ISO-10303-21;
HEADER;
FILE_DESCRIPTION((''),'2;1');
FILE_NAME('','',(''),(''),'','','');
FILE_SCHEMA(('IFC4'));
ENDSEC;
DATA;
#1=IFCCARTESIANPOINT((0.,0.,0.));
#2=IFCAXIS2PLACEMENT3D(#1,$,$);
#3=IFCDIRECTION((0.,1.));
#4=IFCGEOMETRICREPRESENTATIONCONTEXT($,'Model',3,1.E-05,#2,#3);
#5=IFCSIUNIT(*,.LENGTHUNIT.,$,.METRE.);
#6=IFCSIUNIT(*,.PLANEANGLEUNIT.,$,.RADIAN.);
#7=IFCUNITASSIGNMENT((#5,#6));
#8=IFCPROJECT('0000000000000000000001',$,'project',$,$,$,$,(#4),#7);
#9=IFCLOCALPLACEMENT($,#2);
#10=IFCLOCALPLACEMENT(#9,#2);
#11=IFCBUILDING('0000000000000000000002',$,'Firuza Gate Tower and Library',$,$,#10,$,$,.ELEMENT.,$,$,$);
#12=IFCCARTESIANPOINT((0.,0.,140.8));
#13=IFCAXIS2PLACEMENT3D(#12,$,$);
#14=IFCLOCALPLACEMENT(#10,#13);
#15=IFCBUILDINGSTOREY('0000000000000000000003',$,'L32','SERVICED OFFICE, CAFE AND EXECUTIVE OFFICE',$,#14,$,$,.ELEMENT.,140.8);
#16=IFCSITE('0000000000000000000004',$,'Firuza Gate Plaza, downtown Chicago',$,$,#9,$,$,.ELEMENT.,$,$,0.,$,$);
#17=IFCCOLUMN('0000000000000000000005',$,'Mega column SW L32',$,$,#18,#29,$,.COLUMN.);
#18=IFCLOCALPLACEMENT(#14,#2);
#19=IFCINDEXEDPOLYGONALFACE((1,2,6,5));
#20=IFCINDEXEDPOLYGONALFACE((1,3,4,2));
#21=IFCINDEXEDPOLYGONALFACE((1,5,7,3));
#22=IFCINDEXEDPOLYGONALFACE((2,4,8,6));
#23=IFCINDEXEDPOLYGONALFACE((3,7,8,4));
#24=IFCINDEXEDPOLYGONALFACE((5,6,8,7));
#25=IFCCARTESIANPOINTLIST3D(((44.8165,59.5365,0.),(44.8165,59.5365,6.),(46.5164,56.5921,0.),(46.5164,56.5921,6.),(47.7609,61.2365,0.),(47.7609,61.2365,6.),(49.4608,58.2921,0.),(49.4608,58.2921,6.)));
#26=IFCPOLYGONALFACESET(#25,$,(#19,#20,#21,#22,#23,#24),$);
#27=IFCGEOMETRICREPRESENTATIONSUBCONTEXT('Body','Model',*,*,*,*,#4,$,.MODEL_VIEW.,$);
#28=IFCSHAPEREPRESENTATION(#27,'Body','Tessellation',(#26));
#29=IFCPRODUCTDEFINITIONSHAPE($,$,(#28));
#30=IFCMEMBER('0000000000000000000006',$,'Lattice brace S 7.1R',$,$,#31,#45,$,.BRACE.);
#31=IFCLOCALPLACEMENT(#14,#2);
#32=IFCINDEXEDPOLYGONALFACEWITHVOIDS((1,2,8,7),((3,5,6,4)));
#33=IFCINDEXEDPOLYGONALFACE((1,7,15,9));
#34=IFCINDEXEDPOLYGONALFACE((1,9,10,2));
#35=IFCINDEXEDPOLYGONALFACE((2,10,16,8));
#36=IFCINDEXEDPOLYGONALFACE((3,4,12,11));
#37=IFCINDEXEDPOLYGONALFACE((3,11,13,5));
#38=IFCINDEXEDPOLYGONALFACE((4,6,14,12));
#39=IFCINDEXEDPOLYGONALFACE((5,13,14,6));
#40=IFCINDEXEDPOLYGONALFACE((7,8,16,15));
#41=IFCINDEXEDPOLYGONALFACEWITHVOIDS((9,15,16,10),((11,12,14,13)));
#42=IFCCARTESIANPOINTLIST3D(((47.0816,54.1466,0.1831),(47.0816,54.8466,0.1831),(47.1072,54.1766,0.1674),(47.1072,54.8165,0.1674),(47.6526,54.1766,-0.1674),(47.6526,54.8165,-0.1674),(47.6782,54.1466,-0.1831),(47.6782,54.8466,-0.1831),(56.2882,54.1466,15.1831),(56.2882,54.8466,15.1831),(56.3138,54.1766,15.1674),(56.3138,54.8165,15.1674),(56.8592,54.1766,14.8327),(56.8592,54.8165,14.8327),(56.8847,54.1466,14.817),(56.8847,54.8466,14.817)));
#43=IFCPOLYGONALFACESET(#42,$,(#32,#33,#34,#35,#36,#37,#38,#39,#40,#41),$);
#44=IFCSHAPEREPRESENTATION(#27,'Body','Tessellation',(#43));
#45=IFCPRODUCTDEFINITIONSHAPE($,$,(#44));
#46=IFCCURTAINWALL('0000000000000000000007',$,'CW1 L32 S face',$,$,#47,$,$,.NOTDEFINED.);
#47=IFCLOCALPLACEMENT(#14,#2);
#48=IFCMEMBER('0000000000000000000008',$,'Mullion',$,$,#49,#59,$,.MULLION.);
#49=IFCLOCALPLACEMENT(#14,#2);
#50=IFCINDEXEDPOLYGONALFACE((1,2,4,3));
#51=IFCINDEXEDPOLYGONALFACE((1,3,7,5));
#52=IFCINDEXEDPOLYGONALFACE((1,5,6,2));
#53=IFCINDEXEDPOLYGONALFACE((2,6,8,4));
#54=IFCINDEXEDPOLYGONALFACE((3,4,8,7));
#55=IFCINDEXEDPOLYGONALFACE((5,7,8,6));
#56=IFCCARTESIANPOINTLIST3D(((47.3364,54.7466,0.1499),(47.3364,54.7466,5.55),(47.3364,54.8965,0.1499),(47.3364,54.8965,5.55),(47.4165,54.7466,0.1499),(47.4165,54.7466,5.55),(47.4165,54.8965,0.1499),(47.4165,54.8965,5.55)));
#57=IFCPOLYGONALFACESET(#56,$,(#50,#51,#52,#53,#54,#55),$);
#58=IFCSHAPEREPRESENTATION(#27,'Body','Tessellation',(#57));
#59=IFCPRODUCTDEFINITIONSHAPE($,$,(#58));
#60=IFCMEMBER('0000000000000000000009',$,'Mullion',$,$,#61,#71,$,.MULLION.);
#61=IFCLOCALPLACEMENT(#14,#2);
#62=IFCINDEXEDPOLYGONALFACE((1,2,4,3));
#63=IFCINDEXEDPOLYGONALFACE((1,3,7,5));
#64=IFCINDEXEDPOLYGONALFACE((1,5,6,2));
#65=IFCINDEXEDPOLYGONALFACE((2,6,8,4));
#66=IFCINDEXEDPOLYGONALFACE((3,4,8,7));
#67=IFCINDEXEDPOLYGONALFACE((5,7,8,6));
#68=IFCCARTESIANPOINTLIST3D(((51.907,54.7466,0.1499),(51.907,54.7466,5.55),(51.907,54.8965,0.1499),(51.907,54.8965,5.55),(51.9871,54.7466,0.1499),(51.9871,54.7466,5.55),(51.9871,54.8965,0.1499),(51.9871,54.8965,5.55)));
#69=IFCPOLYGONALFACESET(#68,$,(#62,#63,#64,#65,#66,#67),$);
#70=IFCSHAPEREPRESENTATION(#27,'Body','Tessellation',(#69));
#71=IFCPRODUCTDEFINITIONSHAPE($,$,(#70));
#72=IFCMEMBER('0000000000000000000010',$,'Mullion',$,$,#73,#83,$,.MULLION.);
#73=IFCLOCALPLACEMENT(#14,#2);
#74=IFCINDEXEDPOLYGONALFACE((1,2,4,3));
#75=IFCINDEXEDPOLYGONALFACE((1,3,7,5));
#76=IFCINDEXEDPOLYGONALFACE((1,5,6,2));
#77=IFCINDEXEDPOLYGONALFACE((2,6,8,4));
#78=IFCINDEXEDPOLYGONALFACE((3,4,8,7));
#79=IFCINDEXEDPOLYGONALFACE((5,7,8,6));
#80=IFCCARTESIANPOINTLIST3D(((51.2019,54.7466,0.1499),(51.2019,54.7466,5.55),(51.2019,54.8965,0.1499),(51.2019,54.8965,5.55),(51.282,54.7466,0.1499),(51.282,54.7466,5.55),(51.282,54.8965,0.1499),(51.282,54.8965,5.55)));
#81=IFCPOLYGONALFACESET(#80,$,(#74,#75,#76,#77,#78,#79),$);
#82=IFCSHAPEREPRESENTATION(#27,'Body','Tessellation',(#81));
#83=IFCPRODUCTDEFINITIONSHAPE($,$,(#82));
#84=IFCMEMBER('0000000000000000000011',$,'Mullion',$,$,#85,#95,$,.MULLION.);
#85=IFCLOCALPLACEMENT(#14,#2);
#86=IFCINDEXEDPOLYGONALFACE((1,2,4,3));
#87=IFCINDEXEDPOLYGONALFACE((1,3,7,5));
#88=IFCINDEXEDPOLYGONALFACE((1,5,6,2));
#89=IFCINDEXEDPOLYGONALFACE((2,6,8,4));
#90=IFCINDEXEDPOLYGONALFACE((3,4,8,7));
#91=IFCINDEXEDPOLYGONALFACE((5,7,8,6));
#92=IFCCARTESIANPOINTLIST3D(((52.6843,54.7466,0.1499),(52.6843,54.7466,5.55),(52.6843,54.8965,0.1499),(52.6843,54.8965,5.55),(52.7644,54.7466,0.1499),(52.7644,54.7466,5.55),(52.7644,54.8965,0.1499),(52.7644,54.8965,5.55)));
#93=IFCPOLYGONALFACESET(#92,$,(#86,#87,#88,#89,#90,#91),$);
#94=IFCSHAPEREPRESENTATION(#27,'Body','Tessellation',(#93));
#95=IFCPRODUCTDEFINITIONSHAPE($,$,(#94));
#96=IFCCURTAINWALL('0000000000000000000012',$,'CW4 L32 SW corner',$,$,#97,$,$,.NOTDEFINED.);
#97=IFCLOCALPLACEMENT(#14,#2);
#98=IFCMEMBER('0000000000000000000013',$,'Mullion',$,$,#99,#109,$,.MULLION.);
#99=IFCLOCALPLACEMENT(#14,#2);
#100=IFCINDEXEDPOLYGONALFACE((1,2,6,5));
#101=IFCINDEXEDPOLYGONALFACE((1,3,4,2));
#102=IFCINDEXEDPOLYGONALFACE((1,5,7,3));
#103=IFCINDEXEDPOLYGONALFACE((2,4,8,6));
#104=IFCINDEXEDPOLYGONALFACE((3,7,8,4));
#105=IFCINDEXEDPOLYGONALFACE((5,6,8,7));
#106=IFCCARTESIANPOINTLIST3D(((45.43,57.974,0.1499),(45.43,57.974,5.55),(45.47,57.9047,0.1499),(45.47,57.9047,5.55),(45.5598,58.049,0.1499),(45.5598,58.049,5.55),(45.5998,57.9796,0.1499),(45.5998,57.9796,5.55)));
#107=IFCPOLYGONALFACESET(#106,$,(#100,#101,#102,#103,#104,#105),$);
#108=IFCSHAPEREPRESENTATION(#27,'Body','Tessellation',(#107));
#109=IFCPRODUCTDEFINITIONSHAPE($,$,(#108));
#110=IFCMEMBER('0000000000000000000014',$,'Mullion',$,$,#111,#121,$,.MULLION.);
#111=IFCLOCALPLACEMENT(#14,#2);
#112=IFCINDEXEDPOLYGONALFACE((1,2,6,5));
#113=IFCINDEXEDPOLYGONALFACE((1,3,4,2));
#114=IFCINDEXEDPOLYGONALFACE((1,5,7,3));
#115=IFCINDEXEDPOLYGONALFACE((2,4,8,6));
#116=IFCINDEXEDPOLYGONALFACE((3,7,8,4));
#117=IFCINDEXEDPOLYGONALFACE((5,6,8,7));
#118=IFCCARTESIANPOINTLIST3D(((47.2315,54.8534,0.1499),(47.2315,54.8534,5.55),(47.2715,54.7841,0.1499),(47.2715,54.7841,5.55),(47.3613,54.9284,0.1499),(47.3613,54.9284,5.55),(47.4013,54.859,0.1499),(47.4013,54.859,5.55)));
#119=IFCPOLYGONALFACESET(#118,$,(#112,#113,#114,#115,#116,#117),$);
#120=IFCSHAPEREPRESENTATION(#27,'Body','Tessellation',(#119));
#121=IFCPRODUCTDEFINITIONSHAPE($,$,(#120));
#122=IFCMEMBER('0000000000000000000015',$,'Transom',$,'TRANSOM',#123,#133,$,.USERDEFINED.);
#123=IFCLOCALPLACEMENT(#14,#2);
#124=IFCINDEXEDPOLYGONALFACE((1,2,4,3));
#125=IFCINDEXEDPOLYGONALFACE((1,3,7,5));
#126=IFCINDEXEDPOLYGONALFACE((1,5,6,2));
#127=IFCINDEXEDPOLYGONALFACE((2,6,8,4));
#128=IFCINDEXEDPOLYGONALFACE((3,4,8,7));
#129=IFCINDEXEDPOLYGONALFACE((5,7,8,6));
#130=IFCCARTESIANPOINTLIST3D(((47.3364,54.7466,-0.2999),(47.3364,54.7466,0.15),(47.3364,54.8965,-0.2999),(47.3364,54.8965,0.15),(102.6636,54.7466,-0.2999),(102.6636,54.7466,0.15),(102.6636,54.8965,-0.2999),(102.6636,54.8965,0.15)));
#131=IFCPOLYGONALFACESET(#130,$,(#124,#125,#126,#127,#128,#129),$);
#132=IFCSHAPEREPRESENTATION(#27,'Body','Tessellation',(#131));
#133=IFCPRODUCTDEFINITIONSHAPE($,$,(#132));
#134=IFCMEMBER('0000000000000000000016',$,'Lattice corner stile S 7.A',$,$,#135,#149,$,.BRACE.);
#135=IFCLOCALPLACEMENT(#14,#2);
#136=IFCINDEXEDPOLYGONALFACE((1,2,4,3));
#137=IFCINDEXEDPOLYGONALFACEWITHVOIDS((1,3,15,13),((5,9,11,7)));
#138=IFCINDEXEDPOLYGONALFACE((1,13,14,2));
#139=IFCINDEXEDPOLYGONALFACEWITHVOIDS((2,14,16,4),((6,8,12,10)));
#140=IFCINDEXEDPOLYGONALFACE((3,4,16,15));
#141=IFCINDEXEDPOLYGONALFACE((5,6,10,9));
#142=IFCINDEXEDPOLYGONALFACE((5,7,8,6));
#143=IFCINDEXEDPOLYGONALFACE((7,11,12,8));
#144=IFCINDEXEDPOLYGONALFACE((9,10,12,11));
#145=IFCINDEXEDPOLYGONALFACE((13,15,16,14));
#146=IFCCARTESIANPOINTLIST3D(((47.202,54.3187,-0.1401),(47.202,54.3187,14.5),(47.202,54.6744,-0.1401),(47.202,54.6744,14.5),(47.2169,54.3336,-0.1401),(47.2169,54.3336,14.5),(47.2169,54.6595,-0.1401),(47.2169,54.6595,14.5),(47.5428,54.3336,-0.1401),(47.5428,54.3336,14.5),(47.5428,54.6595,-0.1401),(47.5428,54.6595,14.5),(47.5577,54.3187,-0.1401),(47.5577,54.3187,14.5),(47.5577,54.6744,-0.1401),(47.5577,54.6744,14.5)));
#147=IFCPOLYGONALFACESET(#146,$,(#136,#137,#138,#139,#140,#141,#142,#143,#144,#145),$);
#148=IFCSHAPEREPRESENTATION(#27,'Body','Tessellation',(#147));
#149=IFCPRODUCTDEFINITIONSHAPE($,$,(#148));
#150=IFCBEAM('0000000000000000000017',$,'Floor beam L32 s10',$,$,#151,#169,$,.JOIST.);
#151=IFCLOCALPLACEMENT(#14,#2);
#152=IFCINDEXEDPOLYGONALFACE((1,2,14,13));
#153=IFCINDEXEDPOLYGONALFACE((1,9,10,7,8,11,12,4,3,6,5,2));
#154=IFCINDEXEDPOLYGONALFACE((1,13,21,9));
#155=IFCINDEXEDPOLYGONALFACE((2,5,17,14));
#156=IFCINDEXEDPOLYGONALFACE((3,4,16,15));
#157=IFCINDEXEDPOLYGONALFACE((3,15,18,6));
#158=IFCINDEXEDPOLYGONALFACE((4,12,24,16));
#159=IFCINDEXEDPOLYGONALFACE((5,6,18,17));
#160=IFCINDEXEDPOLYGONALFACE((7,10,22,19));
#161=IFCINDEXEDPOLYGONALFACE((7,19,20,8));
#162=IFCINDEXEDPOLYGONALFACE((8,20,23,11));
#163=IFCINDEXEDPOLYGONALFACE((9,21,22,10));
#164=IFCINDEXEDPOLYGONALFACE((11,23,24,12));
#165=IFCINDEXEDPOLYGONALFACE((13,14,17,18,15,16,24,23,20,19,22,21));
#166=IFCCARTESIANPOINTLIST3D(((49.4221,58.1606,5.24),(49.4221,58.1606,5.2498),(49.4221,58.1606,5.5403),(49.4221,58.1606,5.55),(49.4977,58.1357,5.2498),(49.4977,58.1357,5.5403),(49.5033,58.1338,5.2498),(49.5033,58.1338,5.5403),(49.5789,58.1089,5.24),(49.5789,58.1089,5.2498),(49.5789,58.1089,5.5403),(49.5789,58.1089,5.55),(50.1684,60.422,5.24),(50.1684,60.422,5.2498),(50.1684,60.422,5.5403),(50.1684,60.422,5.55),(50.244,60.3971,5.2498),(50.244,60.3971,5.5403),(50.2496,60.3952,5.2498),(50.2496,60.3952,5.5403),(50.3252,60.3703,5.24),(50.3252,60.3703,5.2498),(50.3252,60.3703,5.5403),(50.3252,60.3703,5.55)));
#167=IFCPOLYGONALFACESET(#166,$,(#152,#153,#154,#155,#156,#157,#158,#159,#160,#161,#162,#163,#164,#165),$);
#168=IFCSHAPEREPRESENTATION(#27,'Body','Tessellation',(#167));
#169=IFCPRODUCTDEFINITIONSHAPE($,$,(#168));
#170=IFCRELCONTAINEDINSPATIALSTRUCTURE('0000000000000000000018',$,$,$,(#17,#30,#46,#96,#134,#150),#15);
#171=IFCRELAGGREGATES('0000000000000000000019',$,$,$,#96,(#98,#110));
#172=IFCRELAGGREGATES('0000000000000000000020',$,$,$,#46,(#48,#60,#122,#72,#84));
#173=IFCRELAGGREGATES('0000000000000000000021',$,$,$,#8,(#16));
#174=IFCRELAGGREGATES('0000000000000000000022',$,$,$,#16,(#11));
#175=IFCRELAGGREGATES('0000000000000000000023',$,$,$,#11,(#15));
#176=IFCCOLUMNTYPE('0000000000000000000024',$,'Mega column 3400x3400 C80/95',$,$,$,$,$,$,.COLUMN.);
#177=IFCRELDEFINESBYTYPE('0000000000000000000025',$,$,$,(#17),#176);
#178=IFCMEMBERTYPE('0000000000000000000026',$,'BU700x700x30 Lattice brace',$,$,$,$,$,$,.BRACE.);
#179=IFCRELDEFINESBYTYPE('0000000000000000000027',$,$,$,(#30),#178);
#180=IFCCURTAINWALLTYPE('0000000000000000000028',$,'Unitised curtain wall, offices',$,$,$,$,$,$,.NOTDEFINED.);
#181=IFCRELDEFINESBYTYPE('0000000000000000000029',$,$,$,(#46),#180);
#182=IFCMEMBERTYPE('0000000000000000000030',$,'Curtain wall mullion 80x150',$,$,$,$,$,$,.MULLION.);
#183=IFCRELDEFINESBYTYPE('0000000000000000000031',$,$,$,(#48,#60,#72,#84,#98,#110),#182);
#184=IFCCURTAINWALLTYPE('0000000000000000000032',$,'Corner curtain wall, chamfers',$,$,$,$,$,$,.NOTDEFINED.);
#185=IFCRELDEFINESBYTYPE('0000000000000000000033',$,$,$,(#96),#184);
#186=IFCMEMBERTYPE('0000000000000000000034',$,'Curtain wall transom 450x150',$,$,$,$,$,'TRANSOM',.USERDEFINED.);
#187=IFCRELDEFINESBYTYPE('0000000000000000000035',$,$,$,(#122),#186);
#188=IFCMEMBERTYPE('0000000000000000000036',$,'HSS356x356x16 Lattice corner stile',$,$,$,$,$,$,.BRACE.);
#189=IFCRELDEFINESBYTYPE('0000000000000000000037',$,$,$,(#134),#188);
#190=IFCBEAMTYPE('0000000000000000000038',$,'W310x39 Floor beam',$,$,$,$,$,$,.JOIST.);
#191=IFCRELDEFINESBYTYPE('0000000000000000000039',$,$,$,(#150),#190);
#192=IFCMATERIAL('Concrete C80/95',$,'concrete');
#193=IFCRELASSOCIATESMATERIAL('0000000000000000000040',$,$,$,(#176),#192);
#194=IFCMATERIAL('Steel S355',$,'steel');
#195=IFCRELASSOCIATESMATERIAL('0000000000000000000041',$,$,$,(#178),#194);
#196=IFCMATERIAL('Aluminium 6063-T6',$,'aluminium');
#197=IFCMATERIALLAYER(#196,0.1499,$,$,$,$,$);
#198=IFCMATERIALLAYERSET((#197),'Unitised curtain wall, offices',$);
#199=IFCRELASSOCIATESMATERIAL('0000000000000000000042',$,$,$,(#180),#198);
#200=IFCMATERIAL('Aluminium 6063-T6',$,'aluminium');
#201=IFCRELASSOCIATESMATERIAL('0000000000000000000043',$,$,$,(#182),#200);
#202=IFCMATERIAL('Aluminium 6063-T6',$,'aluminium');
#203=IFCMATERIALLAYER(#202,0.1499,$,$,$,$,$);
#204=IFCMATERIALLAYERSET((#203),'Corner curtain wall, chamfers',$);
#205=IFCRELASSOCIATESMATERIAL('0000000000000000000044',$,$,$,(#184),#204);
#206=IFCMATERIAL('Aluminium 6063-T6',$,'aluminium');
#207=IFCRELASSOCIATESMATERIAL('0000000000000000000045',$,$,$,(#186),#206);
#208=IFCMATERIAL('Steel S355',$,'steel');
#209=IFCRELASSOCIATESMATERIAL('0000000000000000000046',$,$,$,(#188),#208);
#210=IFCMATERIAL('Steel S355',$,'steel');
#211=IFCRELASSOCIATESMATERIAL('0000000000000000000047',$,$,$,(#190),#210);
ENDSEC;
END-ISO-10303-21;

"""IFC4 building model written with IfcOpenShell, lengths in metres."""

from ifc_helpers import new_model, si_unit, direction, frame, origin, origin_2d, place, context, subcontext, project, spatial, rectangle, hollow_rectangle, i_section, extrude, material, layer, layer_set, material_profile, profile_set, type_object, element, aggregate, save


model = new_model("IFC4")

# Units and contexts
model_context = context("Model", 3, precision=1e-05, world=origin(), true_north=direction((0.0, 1.0)))
body_context = subcontext(model_context, "Body", "Model", "MODEL_VIEW")
ifc_project = project(units=[si_unit("LENGTHUNIT", "METRE"), si_unit("PLANEANGLEUNIT", "RADIAN")], contexts=[model_context])

# Site, building, storey
site_placement = place(None, origin())
site = spatial("IfcSite", under=ifc_project, at=site_placement, Name="Firuza Gate Plaza, downtown Chicago", CompositionType="ELEMENT", RefElevation=0.0)
building_placement = place(site_placement, origin())
building = spatial("IfcBuilding", under=site, at=building_placement, Name="Firuza Gate Tower and Library", CompositionType="ELEMENT")
storey_placement = place(building_placement, frame((0.0, 0.0, 140.8)))
storey = spatial("IfcBuildingStorey", under=building, at=storey_placement, Name="L32", Description="SERVICED OFFICE, CAFE AND EXECUTIVE OFFICE", CompositionType="ELEMENT", Elevation=140.8)

# Column
ifc_material_1 = material(Name="Concrete C80/95", Category="concrete")
ifc_material_profile_1 = material_profile(ifc_material_1, rectangle(XDim=3.3999, YDim=3.3999, at=origin_2d()))
ifc_profile_set_1 = profile_set([ifc_material_profile_1], Name="Concrete C80/95")
column_type = type_object("IfcColumnType", Name="Mega column 3400x3400 C80/95", PredefinedType="COLUMN", material=ifc_profile_set_1)
column_placement = place(storey_placement, frame((47.1387, 58.9143, 0.0), z_axis=(0.0, 0.0, 1.0), x_axis=(0.5, -0.866025, 0.0)))
element("IfcColumn", 1, at=column_placement, inside=storey, type_object=column_type, Name="Mega column SW L32", PredefinedType="COLUMN", context=body_context, shape_type="SweptSolid", body=[
    extrude(rectangle(XDim=3.3999, YDim=3.3999, at=origin_2d()), origin(), (0.0, 0.0, 1.0), 6.0),
])

# Member
ifc_material_2 = material(Name="Steel S355", Category="steel")
ifc_material_profile_2 = material_profile(ifc_material_2, hollow_rectangle(XDim=0.7, YDim=0.7, WallThickness=0.03, at=origin_2d()))
ifc_profile_set_2 = profile_set([ifc_material_profile_2], Name="Steel S355")
member_type_1 = type_object("IfcMemberType", Name="BU700x700x30 Lattice brace", PredefinedType="BRACE", material=ifc_profile_set_2)
member_1_placement = place(storey_placement, frame((47.3799, 54.4966, 0.0), z_axis=(0.523099, 0.0, 0.852272), x_axis=(0.0, 1.0, 0.0)))
element("IfcMember", 2, at=member_1_placement, inside=storey, type_object=member_type_1, Name="Lattice brace S 7.1R", PredefinedType="BRACE", context=body_context, shape_type="SweptSolid", body=[
    extrude(hollow_rectangle(XDim=0.7, YDim=0.7, WallThickness=0.03, at=origin_2d()), origin(), (0.0, 0.0, 1.0), 17.6001),
])

# Curtain walls, members
ifc_material_3 = material(Name="Aluminium 6063-T6", Category="aluminium")
ifc_layer_1 = layer(ifc_material_3, 0.1499)
ifc_layer_set_1 = layer_set([ifc_layer_1], Name="Unitised curtain wall, offices")
curtain_wall_type_1 = type_object("IfcCurtainWallType", Name="Unitised curtain wall, offices", PredefinedType="NOTDEFINED", material=ifc_layer_set_1)
placement_1 = place(storey_placement, origin())
curtain_wall_1 = element("IfcCurtainWall", 3, at=placement_1, inside=storey, type_object=curtain_wall_type_1, Name="CW1 L32 S face", PredefinedType="NOTDEFINED")
ifc_material_4 = material(Name="Aluminium 6063-T6", Category="aluminium")
ifc_material_profile_3 = material_profile(ifc_material_4, rectangle(XDim=0.1499, YDim=0.0801, at=origin_2d()))
ifc_profile_set_3 = profile_set([ifc_material_profile_3], Name="Aluminium 6063-T6")
member_type_2 = type_object("IfcMemberType", Name="Curtain wall mullion 80x150", PredefinedType="MULLION", material=ifc_profile_set_3)
member_2_placement = place(storey_placement, frame((47.3765, 54.8215, 0.1499), z_axis=(0.0, 0.0, 1.0), x_axis=(0.0, 1.0, 0.0)))
member_2 = element("IfcMember", 4, at=member_2_placement, type_object=member_type_2, Name="Mullion", PredefinedType="MULLION", context=body_context, shape_type="SweptSolid", body=[
    extrude(rectangle(XDim=0.1499, YDim=0.0801, at=origin_2d()), origin(), (0.0, 0.0, 1.0), 5.4001),
])
member_3_placement = place(storey_placement, frame((51.947, 54.8215, 0.1499), z_axis=(0.0, 0.0, 1.0), x_axis=(0.0, 1.0, 0.0)))
member_3 = element("IfcMember", 5, at=member_3_placement, type_object=member_type_2, Name="Mullion", PredefinedType="MULLION", context=body_context, shape_type="SweptSolid", body=[
    extrude(rectangle(XDim=0.1499, YDim=0.0801, at=origin_2d()), origin(), (0.0, 0.0, 1.0), 5.4001),
])
member_4_placement = place(storey_placement, frame((51.2419, 54.8215, 0.1499), z_axis=(0.0, 0.0, 1.0), x_axis=(0.0, 1.0, 0.0)))
member_4 = element("IfcMember", 6, at=member_4_placement, type_object=member_type_2, Name="Mullion", PredefinedType="MULLION", context=body_context, shape_type="SweptSolid", body=[
    extrude(rectangle(XDim=0.1499, YDim=0.0801, at=origin_2d()), origin(), (0.0, 0.0, 1.0), 5.4001),
])
member_5_placement = place(storey_placement, frame((52.7244, 54.8215, 0.1499), z_axis=(0.0, 0.0, 1.0), x_axis=(0.0, 1.0, 0.0)))
member_5 = element("IfcMember", 7, at=member_5_placement, type_object=member_type_2, Name="Mullion", PredefinedType="MULLION", context=body_context, shape_type="SweptSolid", body=[
    extrude(rectangle(XDim=0.1499, YDim=0.0801, at=origin_2d()), origin(), (0.0, 0.0, 1.0), 5.4001),
])
ifc_material_5 = material(Name="Aluminium 6063-T6", Category="aluminium")
ifc_layer_2 = layer(ifc_material_5, 0.1499)
ifc_layer_set_2 = layer_set([ifc_layer_2], Name="Corner curtain wall, chamfers")
curtain_wall_type_2 = type_object("IfcCurtainWallType", Name="Corner curtain wall, chamfers", PredefinedType="NOTDEFINED", material=ifc_layer_set_2)
curtain_wall_2 = element("IfcCurtainWall", 8, at=placement_1, inside=storey, type_object=curtain_wall_type_2, Name="CW4 L32 SW corner", PredefinedType="NOTDEFINED")
member_6_placement = place(storey_placement, frame((45.5149, 57.9768, 0.1499), z_axis=(0.0, 0.0, 1.0), x_axis=(0.866025, 0.5, 0.0)))
member_6 = element("IfcMember", 9, at=member_6_placement, type_object=member_type_2, Name="Mullion", PredefinedType="MULLION", context=body_context, shape_type="SweptSolid", body=[
    extrude(rectangle(XDim=0.1499, YDim=0.0801, at=origin_2d()), origin(), (0.0, 0.0, 1.0), 5.4001),
])
member_7_placement = place(storey_placement, frame((47.3164, 54.8562, 0.1499), z_axis=(0.0, 0.0, 1.0), x_axis=(0.866025, 0.5, 0.0)))
member_7 = element("IfcMember", 10, at=member_7_placement, type_object=member_type_2, Name="Mullion", PredefinedType="MULLION", context=body_context, shape_type="SweptSolid", body=[
    extrude(rectangle(XDim=0.1499, YDim=0.0801, at=origin_2d()), origin(), (0.0, 0.0, 1.0), 5.4001),
])

# Members
ifc_material_6 = material(Name="Aluminium 6063-T6", Category="aluminium")
ifc_material_profile_4 = material_profile(ifc_material_6, rectangle(XDim=0.1499, YDim=0.45, at=origin_2d()))
ifc_profile_set_4 = profile_set([ifc_material_profile_4], Name="Aluminium 6063-T6")
member_type_3 = type_object("IfcMemberType", Name="Curtain wall transom 450x150", ElementType="TRANSOM", PredefinedType="USERDEFINED", material=ifc_profile_set_4)
member_8_placement = place(storey_placement, frame((47.3364, 54.8215, -0.075), z_axis=(1.0, 0.0, 0.0), x_axis=(0.0, 1.0, 0.0)))
member_8 = element("IfcMember", 11, at=member_8_placement, type_object=member_type_3, Name="Transom", ObjectType="TRANSOM", PredefinedType="USERDEFINED", context=body_context, shape_type="SweptSolid", body=[
    extrude(rectangle(XDim=0.1499, YDim=0.45, at=origin_2d()), origin(), (0.0, 0.0, 1.0), 55.3271),
])
ifc_material_7 = material(Name="Steel S355", Category="steel")
ifc_material_profile_5 = material_profile(ifc_material_7, hollow_rectangle(XDim=0.3557, YDim=0.3557, WallThickness=0.0149, at=origin_2d()))
ifc_profile_set_5 = profile_set([ifc_material_profile_5], Name="Steel S355")
member_type_4 = type_object("IfcMemberType", Name="HSS356x356x16 Lattice corner stile", PredefinedType="BRACE", material=ifc_profile_set_5)
member_9_placement = place(storey_placement, frame((47.3799, 54.4966, -0.1401), z_axis=(0.0, 0.0, 1.0), x_axis=(1.0, 0.0, 0.0)))
element("IfcMember", 12, at=member_9_placement, inside=storey, type_object=member_type_4, Name="Lattice corner stile S 7.A", PredefinedType="BRACE", context=body_context, shape_type="SweptSolid", body=[
    extrude(hollow_rectangle(XDim=0.3557, YDim=0.3557, WallThickness=0.0149, at=origin_2d()), origin(), (0.0, 0.0, 1.0), 14.6401),
])

# Beam
ifc_material_8 = material(Name="Steel S355", Category="steel")
ifc_material_profile_6 = material_profile(ifc_material_8, i_section(OverallWidth=0.165, OverallDepth=0.3101, WebThickness=0.0059, FlangeThickness=0.0098, at=origin_2d()))
ifc_profile_set_6 = profile_set([ifc_material_profile_6], Name="Steel S355")
beam_type_1 = type_object("IfcBeamType", Name="W310x39 Floor beam", PredefinedType="JOIST", material=ifc_profile_set_6)
beam_1_placement = place(storey_placement, frame((49.5005, 58.1348, 5.395), z_axis=(0.313397, 0.949622, 0.0), x_axis=(-0.949622, 0.313397, 0.0)))
element("IfcBeam", 13, at=beam_1_placement, inside=storey, type_object=beam_type_1, Name="Floor beam L32 s10", PredefinedType="JOIST", context=body_context, shape_type="SweptSolid", body=[
    extrude(i_section(OverallWidth=0.165, OverallDepth=0.3101, WebThickness=0.0059, FlangeThickness=0.0098, at=origin_2d()), origin(), (0.0, 0.0, 1.0), 2.3813),
])

aggregate(curtain_wall_2, [member_6, member_7])
aggregate(curtain_wall_1, [member_2, member_3, member_8, member_4, member_5])

save(model, "model.ifc")
